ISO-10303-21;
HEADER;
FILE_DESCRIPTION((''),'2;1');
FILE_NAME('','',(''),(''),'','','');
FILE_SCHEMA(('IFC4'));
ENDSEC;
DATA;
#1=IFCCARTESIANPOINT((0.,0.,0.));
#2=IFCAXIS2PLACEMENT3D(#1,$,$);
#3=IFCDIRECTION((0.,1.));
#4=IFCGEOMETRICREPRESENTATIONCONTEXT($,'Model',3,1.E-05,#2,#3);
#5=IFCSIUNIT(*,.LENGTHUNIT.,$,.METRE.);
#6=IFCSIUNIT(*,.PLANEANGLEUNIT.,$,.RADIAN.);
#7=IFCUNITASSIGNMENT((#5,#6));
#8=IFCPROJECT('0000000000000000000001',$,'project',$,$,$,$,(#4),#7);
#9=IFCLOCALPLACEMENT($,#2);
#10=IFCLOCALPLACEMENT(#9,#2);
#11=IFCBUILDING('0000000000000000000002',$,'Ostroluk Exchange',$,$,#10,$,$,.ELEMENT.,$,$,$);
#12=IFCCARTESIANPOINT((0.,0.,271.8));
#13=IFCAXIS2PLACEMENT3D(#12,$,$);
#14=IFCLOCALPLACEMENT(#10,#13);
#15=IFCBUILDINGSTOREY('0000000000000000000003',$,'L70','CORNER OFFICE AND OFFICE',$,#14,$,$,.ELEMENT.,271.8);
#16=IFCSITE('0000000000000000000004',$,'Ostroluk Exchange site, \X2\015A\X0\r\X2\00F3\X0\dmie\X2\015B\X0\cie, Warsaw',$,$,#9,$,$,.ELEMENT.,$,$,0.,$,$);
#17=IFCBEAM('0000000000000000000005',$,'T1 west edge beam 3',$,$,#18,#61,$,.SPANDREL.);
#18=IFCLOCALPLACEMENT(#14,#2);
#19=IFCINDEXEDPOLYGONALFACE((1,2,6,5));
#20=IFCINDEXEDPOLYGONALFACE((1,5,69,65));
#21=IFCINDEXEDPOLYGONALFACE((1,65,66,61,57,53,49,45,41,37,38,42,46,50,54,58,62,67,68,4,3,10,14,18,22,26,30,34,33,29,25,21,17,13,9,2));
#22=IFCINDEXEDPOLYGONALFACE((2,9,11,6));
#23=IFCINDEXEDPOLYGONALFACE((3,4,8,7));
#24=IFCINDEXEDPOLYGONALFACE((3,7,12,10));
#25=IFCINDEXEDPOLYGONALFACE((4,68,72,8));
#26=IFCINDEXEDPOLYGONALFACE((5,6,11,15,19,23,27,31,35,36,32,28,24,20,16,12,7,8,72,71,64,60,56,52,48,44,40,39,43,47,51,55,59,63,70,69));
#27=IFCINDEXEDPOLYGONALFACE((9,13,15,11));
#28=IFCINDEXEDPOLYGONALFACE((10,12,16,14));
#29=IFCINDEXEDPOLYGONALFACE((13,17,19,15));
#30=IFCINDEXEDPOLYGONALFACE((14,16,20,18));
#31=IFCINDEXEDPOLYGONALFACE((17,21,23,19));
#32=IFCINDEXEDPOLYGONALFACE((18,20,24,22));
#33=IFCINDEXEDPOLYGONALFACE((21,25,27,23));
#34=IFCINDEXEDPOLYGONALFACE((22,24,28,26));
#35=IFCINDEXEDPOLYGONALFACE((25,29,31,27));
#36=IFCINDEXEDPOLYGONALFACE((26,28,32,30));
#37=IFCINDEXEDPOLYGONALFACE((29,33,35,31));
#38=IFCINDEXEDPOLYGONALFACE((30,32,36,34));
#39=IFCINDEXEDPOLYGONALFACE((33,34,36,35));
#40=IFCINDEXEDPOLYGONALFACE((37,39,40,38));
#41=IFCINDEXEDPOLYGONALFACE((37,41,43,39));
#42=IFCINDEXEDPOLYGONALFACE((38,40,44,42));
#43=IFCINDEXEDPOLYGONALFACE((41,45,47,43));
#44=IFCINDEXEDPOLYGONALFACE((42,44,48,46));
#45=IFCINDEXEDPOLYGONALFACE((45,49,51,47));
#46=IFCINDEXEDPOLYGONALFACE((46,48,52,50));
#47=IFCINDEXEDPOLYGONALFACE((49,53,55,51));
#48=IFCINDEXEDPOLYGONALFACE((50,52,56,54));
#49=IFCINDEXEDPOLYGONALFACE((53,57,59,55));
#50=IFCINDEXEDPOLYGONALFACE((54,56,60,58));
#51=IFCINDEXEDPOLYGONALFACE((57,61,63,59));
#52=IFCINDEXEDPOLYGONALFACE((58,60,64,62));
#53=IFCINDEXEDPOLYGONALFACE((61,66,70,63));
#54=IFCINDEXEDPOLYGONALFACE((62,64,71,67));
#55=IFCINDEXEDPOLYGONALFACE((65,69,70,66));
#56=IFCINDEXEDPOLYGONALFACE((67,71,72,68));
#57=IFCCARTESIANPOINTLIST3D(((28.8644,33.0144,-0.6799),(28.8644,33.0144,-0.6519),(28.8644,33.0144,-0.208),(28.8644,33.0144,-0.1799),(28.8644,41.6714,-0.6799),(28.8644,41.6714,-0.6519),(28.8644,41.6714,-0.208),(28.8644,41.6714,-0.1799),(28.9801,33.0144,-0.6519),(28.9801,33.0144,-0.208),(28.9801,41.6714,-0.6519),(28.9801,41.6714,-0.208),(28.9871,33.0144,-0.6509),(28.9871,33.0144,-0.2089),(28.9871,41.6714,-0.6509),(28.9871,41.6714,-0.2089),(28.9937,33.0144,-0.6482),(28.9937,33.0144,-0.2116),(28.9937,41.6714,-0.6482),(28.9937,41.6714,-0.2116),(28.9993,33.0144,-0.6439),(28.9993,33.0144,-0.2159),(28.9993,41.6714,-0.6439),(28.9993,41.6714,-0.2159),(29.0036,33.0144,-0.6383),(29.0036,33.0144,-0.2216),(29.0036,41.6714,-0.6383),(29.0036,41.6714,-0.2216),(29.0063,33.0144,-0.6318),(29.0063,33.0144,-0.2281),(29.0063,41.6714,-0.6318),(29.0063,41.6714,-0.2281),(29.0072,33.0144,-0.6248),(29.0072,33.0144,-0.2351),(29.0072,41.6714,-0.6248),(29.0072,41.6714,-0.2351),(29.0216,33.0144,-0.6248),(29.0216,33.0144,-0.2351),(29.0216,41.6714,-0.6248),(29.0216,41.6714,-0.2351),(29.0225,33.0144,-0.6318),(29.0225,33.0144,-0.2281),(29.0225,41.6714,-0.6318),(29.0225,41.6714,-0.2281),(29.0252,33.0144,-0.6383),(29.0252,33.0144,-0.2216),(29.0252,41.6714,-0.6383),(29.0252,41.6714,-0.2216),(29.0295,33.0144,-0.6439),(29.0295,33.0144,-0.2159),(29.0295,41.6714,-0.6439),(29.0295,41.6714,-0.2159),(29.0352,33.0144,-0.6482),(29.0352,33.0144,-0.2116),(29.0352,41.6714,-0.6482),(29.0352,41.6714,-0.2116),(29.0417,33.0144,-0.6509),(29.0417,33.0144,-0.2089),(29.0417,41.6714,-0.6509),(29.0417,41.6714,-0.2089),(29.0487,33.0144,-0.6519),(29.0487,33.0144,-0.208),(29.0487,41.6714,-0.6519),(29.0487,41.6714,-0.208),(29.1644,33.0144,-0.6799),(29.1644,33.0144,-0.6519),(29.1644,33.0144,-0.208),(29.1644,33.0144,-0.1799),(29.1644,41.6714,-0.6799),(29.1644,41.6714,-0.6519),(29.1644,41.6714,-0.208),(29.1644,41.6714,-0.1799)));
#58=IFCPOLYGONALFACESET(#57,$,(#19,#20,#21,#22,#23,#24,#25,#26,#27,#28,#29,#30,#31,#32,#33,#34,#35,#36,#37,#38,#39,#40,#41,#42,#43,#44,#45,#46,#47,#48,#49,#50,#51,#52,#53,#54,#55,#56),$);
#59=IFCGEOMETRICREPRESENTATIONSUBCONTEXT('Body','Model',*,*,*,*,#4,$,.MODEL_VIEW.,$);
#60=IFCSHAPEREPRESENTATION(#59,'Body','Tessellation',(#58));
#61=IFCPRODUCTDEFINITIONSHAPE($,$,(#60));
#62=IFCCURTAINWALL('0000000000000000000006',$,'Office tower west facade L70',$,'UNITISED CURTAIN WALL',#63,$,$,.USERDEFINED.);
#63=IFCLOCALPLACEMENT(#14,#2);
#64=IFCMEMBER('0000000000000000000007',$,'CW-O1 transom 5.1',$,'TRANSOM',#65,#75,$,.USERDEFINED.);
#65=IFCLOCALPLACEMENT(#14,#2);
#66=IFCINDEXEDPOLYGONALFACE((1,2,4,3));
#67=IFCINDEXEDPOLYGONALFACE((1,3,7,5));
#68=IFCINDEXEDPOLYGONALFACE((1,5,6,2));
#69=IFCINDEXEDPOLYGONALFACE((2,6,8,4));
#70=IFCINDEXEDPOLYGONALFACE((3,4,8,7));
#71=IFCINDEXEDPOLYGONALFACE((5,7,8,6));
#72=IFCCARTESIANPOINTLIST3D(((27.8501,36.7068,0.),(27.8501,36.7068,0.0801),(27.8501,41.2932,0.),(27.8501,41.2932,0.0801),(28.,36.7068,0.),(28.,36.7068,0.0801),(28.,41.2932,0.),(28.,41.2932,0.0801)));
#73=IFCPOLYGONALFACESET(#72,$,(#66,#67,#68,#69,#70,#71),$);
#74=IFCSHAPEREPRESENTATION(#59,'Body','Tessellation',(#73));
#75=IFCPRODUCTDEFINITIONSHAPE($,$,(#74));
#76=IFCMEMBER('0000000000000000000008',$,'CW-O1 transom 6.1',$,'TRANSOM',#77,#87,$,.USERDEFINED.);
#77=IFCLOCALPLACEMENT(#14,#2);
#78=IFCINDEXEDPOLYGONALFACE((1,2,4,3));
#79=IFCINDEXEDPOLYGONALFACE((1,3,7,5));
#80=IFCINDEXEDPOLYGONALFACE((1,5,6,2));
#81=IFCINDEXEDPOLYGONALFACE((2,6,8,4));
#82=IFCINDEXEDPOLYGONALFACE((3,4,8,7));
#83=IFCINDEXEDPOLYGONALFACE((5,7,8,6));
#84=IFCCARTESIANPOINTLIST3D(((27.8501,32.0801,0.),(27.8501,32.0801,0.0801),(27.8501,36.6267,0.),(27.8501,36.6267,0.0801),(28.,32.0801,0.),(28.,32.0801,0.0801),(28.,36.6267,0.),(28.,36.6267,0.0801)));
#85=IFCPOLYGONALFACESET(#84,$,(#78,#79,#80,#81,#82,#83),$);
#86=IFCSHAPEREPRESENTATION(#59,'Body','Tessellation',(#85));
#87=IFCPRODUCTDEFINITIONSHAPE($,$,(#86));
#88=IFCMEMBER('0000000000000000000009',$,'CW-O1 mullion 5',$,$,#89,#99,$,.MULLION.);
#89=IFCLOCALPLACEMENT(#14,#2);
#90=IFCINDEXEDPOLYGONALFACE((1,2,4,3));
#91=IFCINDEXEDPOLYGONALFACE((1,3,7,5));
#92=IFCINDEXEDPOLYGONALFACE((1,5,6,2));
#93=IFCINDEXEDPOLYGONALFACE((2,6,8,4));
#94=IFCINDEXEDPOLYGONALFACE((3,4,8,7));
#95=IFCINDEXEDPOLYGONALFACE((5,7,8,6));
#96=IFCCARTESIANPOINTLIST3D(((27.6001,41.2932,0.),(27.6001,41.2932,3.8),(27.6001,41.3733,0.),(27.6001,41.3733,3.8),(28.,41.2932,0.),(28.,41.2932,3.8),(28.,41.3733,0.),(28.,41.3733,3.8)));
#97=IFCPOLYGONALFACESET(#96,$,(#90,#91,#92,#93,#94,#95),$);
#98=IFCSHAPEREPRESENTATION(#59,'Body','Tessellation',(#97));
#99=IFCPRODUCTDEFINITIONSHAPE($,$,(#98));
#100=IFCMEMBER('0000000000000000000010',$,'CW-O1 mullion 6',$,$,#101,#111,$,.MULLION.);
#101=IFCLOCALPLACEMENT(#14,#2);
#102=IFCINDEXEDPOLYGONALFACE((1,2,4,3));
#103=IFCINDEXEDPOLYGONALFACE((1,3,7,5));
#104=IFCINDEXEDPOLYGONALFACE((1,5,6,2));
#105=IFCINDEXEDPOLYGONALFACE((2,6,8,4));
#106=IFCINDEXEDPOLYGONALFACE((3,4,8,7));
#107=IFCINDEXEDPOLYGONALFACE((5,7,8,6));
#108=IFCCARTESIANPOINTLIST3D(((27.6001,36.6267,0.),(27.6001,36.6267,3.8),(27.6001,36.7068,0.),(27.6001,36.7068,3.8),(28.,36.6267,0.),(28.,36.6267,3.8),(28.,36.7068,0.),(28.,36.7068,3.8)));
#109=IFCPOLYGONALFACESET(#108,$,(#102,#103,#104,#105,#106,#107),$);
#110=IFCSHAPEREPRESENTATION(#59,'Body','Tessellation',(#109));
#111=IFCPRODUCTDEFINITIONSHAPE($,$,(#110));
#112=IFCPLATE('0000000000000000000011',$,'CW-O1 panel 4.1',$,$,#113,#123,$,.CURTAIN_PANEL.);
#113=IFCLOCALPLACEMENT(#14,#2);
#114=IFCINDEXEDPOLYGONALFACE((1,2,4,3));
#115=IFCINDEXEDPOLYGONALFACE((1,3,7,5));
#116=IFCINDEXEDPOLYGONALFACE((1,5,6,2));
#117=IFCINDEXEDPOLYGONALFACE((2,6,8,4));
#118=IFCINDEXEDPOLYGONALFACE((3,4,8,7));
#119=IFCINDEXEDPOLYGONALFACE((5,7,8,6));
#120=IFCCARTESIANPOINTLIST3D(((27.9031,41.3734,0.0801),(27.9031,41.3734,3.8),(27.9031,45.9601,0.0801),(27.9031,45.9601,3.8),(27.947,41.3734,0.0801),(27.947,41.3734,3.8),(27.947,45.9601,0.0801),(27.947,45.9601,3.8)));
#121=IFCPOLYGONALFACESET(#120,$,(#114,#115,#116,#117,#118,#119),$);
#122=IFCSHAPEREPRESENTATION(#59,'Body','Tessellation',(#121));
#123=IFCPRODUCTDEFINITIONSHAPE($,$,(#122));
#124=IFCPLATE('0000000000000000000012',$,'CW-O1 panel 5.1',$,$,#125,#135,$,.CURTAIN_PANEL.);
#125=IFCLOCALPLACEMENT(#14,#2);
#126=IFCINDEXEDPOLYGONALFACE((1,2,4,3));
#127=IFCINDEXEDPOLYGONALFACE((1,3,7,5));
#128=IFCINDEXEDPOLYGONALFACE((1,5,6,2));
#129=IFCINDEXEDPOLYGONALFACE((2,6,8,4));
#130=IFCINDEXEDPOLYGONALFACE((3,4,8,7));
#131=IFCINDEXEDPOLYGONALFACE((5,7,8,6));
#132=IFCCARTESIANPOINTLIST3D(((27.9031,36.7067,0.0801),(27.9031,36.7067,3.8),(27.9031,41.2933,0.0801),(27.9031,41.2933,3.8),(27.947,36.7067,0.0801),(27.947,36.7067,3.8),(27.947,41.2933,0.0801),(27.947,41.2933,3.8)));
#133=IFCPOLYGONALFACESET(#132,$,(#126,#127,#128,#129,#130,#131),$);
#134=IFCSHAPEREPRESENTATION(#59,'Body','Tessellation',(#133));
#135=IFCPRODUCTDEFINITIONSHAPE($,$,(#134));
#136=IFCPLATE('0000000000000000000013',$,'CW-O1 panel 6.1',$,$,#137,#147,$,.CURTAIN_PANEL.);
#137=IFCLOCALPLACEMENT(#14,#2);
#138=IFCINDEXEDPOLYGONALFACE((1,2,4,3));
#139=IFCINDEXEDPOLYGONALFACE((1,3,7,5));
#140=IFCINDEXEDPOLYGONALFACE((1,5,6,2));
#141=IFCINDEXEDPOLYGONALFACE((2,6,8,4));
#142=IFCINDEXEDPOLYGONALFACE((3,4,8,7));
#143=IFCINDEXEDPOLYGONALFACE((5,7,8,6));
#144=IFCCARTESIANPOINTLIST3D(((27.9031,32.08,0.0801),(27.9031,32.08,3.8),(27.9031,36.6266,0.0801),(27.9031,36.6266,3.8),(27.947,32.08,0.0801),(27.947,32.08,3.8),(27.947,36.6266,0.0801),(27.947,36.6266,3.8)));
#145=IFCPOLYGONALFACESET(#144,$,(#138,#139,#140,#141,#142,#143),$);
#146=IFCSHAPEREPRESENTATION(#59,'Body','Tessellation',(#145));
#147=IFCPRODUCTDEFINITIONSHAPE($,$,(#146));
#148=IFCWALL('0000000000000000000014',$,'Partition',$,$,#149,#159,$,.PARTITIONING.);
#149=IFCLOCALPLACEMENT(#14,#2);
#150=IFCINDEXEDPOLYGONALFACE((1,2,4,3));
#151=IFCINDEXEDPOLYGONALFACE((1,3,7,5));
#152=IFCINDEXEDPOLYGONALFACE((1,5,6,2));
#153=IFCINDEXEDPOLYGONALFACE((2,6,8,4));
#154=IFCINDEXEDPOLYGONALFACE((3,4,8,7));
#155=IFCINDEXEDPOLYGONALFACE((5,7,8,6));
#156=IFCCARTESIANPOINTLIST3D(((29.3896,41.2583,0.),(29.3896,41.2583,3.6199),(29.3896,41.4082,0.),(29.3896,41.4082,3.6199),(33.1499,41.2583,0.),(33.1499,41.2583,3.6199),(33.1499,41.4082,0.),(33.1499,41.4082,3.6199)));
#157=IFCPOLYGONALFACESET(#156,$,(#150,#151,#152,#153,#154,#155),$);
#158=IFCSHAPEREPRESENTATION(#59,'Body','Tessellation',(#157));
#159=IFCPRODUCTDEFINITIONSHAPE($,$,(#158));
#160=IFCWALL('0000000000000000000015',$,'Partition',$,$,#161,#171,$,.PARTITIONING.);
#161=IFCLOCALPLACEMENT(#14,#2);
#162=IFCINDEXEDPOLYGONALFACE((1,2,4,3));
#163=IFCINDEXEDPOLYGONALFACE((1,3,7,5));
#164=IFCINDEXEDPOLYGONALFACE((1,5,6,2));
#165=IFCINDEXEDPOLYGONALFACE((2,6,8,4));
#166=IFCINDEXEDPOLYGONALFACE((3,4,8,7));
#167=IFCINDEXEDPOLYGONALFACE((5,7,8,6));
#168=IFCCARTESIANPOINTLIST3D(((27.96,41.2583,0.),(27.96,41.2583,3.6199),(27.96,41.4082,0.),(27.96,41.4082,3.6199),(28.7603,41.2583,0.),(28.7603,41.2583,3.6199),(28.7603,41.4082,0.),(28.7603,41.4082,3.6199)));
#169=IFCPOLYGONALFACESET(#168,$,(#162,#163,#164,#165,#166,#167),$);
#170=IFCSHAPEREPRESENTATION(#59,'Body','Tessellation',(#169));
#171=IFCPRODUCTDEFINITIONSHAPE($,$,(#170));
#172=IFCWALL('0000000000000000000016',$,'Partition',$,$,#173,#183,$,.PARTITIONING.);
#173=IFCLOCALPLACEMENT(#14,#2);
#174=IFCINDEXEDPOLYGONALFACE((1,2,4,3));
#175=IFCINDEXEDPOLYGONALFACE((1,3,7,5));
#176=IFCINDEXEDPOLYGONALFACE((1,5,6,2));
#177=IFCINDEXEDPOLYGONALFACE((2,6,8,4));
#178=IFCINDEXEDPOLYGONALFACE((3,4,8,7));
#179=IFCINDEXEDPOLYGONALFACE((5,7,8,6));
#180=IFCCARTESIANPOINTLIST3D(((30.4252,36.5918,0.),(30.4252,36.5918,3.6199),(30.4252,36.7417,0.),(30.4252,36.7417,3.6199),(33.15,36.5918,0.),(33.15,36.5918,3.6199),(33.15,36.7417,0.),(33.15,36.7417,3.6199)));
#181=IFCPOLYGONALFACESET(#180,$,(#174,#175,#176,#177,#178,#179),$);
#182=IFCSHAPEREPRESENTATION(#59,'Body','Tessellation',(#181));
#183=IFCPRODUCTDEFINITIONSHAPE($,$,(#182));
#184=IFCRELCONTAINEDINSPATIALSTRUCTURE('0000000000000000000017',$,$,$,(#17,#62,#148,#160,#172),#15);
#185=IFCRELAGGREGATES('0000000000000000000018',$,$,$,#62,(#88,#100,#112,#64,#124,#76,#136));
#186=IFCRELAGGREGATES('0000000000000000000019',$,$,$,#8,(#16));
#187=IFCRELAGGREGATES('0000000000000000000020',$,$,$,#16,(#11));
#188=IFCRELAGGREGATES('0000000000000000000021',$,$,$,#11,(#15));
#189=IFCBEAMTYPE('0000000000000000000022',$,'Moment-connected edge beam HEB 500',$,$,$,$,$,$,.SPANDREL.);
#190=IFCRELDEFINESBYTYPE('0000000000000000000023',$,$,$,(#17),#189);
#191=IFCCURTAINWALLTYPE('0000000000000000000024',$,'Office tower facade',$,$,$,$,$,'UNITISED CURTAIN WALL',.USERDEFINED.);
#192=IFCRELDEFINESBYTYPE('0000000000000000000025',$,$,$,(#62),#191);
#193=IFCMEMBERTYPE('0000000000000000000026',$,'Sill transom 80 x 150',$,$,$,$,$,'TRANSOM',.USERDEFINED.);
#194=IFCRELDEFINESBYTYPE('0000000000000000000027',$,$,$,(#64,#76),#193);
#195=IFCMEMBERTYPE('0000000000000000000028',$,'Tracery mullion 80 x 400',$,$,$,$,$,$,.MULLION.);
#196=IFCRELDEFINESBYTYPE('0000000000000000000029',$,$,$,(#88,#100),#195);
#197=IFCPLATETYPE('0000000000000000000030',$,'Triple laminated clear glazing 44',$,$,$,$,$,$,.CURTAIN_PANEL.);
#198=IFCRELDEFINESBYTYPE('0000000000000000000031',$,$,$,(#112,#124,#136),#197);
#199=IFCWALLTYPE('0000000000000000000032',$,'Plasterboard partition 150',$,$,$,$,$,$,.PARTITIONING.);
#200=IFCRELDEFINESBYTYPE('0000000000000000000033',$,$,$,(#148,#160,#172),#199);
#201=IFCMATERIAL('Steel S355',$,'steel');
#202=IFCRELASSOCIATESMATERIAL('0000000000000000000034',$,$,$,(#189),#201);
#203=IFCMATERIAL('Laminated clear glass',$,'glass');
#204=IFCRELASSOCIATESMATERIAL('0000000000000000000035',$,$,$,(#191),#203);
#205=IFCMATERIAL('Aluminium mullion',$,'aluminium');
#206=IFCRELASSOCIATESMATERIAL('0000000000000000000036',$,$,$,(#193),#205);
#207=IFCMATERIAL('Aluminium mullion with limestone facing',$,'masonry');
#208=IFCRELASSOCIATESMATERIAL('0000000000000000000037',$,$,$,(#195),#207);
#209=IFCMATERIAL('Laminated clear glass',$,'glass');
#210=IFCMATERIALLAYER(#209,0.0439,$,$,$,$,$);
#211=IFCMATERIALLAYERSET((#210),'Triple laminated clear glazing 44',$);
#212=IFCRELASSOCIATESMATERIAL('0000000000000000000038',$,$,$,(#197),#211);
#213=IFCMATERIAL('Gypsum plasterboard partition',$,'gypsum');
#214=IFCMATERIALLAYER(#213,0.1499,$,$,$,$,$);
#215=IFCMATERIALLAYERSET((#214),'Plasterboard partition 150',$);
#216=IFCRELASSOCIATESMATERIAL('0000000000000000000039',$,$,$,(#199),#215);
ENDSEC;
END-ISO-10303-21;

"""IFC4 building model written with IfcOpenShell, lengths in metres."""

from ifc_helpers import new_model, si_unit, direction, frame, frame_2d, origin, origin_2d, place, context, subcontext, project, spatial, rectangle, i_section, extrude, material, layer, layer_set, material_profile, profile_set, type_object, element, aggregate, save


model = new_model("IFC4")

# Units and contexts
model_context = context("Model", 3, precision=1e-05, world=origin(), true_north=direction((0.0, 1.0)))
body_context = subcontext(model_context, "Body", "Model", "MODEL_VIEW")
ifc_project = project(units=[si_unit("LENGTHUNIT", "METRE"), si_unit("PLANEANGLEUNIT", "RADIAN")], contexts=[model_context])

# Site, building, storey
site_placement = place(None, origin())
site = spatial("IfcSite", under=ifc_project, at=site_placement, Name="Ostroluk Exchange site, Śródmieście, Warsaw", CompositionType="ELEMENT", RefElevation=0.0)
building_placement = place(site_placement, origin())
building = spatial("IfcBuilding", under=site, at=building_placement, Name="Ostroluk Exchange", CompositionType="ELEMENT")
storey_placement = place(building_placement, frame((0.0, 0.0, 271.8)))
storey = spatial("IfcBuildingStorey", under=building, at=storey_placement, Name="L70", Description="CORNER OFFICE AND OFFICE", CompositionType="ELEMENT", Elevation=271.8)

# Beam
ifc_material_1 = material(Name="Steel S355", Category="steel")
ifc_material_profile_1 = material_profile(ifc_material_1, i_section(OverallWidth=0.3, OverallDepth=0.5, WebThickness=0.0144, FlangeThickness=0.0281, FilletRadius=0.0271, at=origin_2d()), Name="HEB 500")
ifc_profile_set_1 = profile_set([ifc_material_profile_1], Name="Steel S355")
beam_type_1 = type_object("IfcBeamType", Name="Moment-connected edge beam HEB 500", PredefinedType="SPANDREL", material=ifc_profile_set_1)
beam_1_placement = place(storey_placement, frame((29.0144, 41.6714, -0.4299), z_axis=(0.0, -1.0, 0.0), x_axis=(1.0, 0.0, 0.0)))
element("IfcBeam", 1, at=beam_1_placement, inside=storey, type_object=beam_type_1, Name="T1 west edge beam 3", PredefinedType="SPANDREL", context=body_context, shape_type="SweptSolid", body=[
    extrude(i_section(OverallWidth=0.3, OverallDepth=0.5, WebThickness=0.0144, FlangeThickness=0.0281, FilletRadius=0.0271, at=origin_2d()), origin(), (0.0, 0.0, 1.0), 8.657),
])

# Curtain wall, members, plates
ifc_material_2 = material(Name="Laminated clear glass", Category="glass")
curtain_wall_type = type_object("IfcCurtainWallType", Name="Office tower facade", ElementType="UNITISED CURTAIN WALL", PredefinedType="USERDEFINED", material=ifc_material_2)
curtain_wall_placement = place(storey_placement, origin())
curtain_wall = element("IfcCurtainWall", 2, at=curtain_wall_placement, inside=storey, type_object=curtain_wall_type, Name="Office tower west facade L70", ObjectType="UNITISED CURTAIN WALL", PredefinedType="USERDEFINED")
ifc_material_3 = material(Name="Aluminium mullion", Category="aluminium")
ifc_material_profile_2 = material_profile(ifc_material_3, rectangle(XDim=0.1499, YDim=0.0801, at=origin_2d()), Name="Sill transom 80 x 150")
ifc_profile_set_2 = profile_set([ifc_material_profile_2], Name="Aluminium mullion")
member_type_1 = type_object("IfcMemberType", Name="Sill transom 80 x 150", ElementType="TRANSOM", PredefinedType="USERDEFINED", material=ifc_profile_set_2)
member_1_placement = place(storey_placement, frame((27.925, 41.2932, 0.04), z_axis=(0.0, -1.0, 0.0), x_axis=(1.0, 0.0, 0.0)))
member_1 = element("IfcMember", 3, at=member_1_placement, type_object=member_type_1, Name="CW-O1 transom 5.1", ObjectType="TRANSOM", PredefinedType="USERDEFINED", context=body_context, shape_type="SweptSolid", body=[
    extrude(rectangle(XDim=0.1499, YDim=0.0801, at=origin_2d()), origin(), (0.0, 0.0, 1.0), 4.5864),
])
member_2_placement = place(storey_placement, frame((27.925, 36.6267, 0.04), z_axis=(0.0, -1.0, 0.0), x_axis=(1.0, 0.0, 0.0)))
member_2 = element("IfcMember", 4, at=member_2_placement, type_object=member_type_1, Name="CW-O1 transom 6.1", ObjectType="TRANSOM", PredefinedType="USERDEFINED", context=body_context, shape_type="SweptSolid", body=[
    extrude(rectangle(XDim=0.1499, YDim=0.0801, at=origin_2d()), origin(), (0.0, 0.0, 1.0), 4.5466),
])
ifc_material_4 = material(Name="Aluminium mullion with limestone facing", Category="masonry")
ifc_material_profile_3 = material_profile(ifc_material_4, rectangle(XDim=0.3999, YDim=0.0801, at=origin_2d()), Name="Tracery mullion 80 x 400")
ifc_profile_set_3 = profile_set([ifc_material_profile_3], Name="Aluminium mullion with limestone facing")
member_type_2 = type_object("IfcMemberType", Name="Tracery mullion 80 x 400", PredefinedType="MULLION", material=ifc_profile_set_3)
member_3_placement = place(storey_placement, frame((27.8, 41.3333, 0.0), z_axis=(0.0, 0.0, 1.0), x_axis=(1.0, 0.0, 0.0)))
member_3 = element("IfcMember", 5, at=member_3_placement, type_object=member_type_2, Name="CW-O1 mullion 5", PredefinedType="MULLION", context=body_context, shape_type="SweptSolid", body=[
    extrude(rectangle(XDim=0.3999, YDim=0.0801, at=origin_2d()), origin(), (0.0, 0.0, 1.0), 3.8),
])
member_4_placement = place(storey_placement, frame((27.8, 36.6667, 0.0), z_axis=(0.0, 0.0, 1.0), x_axis=(1.0, 0.0, 0.0)))
member_4 = element("IfcMember", 6, at=member_4_placement, type_object=member_type_2, Name="CW-O1 mullion 6", PredefinedType="MULLION", context=body_context, shape_type="SweptSolid", body=[
    extrude(rectangle(XDim=0.3999, YDim=0.0801, at=origin_2d()), origin(), (0.0, 0.0, 1.0), 3.8),
])
ifc_material_5 = material(Name="Laminated clear glass", Category="glass")
ifc_layer_1 = layer(ifc_material_5, 0.0439)
ifc_layer_set_1 = layer_set([ifc_layer_1], Name="Triple laminated clear glazing 44")
plate_type = type_object("IfcPlateType", Name="Triple laminated clear glazing 44", PredefinedType="CURTAIN_PANEL", material=ifc_layer_set_1)
plate_1_placement = place(storey_placement, frame((27.925, 43.6667, 0.0801), z_axis=(0.0, 0.0, 1.0), x_axis=(0.0, -1.0, 0.0)))
plate_1 = element("IfcPlate", 7, at=plate_1_placement, type_object=plate_type, Name="CW-O1 panel 4.1", PredefinedType="CURTAIN_PANEL", context=body_context, shape_type="SweptSolid", body=[
    extrude(rectangle(XDim=4.5867, YDim=0.0439, at=origin_2d()), origin(), (0.0, 0.0, 1.0), 3.72),
])
plate_2_placement = place(storey_placement, frame((27.925, 39.0, 0.0801), z_axis=(0.0, 0.0, 1.0), x_axis=(0.0, -1.0, 0.0)))
plate_2 = element("IfcPlate", 8, at=plate_2_placement, type_object=plate_type, Name="CW-O1 panel 5.1", PredefinedType="CURTAIN_PANEL", context=body_context, shape_type="SweptSolid", body=[
    extrude(rectangle(XDim=4.5867, YDim=0.0439, at=origin_2d()), origin(), (0.0, 0.0, 1.0), 3.72),
])
plate_3_placement = place(storey_placement, frame((27.925, 34.3533, 0.0801), z_axis=(0.0, 0.0, 1.0), x_axis=(0.0, -1.0, 0.0)))
plate_3 = element("IfcPlate", 9, at=plate_3_placement, type_object=plate_type, Name="CW-O1 panel 6.1", PredefinedType="CURTAIN_PANEL", context=body_context, shape_type="SweptSolid", body=[
    extrude(rectangle(XDim=4.5466, YDim=0.0439, at=origin_2d()), origin(), (0.0, 0.0, 1.0), 3.72),
])
aggregate(curtain_wall, [member_3, member_4, plate_1, member_1, plate_2, member_2, plate_3])

# Walls
ifc_material_6 = material(Name="Gypsum plasterboard partition", Category="gypsum")
ifc_layer_2 = layer(ifc_material_6, 0.1499)
ifc_layer_set_2 = layer_set([ifc_layer_2], Name="Plasterboard partition 150")
wall_type_1 = type_object("IfcWallType", Name="Plasterboard partition 150", PredefinedType="PARTITIONING", material=ifc_layer_set_2)
wall_1_placement = place(storey_placement, frame((33.1499, 41.3333, 0.0), z_axis=(0.0, 0.0, 1.0), x_axis=(-1.0, 0.0, 0.0)))
element("IfcWall", 10, at=wall_1_placement, inside=storey, type_object=wall_type_1, Name="Partition", PredefinedType="PARTITIONING", context=body_context, shape_type="SweptSolid", body=[
    extrude(rectangle(XDim=3.7603, YDim=0.1499, at=frame_2d((1.8801, 0.0))), origin(), (0.0, 0.0, 1.0), 3.6199),
])
wall_2_placement = place(storey_placement, frame((28.7603, 41.3333, 0.0), z_axis=(0.0, 0.0, 1.0), x_axis=(-1.0, 0.0, 0.0)))
element("IfcWall", 11, at=wall_2_placement, inside=storey, type_object=wall_type_1, Name="Partition", PredefinedType="PARTITIONING", context=body_context, shape_type="SweptSolid", body=[
    extrude(rectangle(XDim=0.8003, YDim=0.1499, at=frame_2d((0.4001, 0.0))), origin(), (0.0, 0.0, 1.0), 3.6199),
])
wall_3_placement = place(storey_placement, frame((33.1499, 36.6667, 0.0), z_axis=(0.0, 0.0, 1.0), x_axis=(-1.0, 0.0, 0.0)))
element("IfcWall", 12, at=wall_3_placement, inside=storey, type_object=wall_type_1, Name="Partition", PredefinedType="PARTITIONING", context=body_context, shape_type="SweptSolid", body=[
    extrude(rectangle(XDim=2.7249, YDim=0.1499, at=frame_2d((1.3623, 0.0))), origin(), (0.0, 0.0, 1.0), 3.6199),
])

save(model, "model.ifc")
